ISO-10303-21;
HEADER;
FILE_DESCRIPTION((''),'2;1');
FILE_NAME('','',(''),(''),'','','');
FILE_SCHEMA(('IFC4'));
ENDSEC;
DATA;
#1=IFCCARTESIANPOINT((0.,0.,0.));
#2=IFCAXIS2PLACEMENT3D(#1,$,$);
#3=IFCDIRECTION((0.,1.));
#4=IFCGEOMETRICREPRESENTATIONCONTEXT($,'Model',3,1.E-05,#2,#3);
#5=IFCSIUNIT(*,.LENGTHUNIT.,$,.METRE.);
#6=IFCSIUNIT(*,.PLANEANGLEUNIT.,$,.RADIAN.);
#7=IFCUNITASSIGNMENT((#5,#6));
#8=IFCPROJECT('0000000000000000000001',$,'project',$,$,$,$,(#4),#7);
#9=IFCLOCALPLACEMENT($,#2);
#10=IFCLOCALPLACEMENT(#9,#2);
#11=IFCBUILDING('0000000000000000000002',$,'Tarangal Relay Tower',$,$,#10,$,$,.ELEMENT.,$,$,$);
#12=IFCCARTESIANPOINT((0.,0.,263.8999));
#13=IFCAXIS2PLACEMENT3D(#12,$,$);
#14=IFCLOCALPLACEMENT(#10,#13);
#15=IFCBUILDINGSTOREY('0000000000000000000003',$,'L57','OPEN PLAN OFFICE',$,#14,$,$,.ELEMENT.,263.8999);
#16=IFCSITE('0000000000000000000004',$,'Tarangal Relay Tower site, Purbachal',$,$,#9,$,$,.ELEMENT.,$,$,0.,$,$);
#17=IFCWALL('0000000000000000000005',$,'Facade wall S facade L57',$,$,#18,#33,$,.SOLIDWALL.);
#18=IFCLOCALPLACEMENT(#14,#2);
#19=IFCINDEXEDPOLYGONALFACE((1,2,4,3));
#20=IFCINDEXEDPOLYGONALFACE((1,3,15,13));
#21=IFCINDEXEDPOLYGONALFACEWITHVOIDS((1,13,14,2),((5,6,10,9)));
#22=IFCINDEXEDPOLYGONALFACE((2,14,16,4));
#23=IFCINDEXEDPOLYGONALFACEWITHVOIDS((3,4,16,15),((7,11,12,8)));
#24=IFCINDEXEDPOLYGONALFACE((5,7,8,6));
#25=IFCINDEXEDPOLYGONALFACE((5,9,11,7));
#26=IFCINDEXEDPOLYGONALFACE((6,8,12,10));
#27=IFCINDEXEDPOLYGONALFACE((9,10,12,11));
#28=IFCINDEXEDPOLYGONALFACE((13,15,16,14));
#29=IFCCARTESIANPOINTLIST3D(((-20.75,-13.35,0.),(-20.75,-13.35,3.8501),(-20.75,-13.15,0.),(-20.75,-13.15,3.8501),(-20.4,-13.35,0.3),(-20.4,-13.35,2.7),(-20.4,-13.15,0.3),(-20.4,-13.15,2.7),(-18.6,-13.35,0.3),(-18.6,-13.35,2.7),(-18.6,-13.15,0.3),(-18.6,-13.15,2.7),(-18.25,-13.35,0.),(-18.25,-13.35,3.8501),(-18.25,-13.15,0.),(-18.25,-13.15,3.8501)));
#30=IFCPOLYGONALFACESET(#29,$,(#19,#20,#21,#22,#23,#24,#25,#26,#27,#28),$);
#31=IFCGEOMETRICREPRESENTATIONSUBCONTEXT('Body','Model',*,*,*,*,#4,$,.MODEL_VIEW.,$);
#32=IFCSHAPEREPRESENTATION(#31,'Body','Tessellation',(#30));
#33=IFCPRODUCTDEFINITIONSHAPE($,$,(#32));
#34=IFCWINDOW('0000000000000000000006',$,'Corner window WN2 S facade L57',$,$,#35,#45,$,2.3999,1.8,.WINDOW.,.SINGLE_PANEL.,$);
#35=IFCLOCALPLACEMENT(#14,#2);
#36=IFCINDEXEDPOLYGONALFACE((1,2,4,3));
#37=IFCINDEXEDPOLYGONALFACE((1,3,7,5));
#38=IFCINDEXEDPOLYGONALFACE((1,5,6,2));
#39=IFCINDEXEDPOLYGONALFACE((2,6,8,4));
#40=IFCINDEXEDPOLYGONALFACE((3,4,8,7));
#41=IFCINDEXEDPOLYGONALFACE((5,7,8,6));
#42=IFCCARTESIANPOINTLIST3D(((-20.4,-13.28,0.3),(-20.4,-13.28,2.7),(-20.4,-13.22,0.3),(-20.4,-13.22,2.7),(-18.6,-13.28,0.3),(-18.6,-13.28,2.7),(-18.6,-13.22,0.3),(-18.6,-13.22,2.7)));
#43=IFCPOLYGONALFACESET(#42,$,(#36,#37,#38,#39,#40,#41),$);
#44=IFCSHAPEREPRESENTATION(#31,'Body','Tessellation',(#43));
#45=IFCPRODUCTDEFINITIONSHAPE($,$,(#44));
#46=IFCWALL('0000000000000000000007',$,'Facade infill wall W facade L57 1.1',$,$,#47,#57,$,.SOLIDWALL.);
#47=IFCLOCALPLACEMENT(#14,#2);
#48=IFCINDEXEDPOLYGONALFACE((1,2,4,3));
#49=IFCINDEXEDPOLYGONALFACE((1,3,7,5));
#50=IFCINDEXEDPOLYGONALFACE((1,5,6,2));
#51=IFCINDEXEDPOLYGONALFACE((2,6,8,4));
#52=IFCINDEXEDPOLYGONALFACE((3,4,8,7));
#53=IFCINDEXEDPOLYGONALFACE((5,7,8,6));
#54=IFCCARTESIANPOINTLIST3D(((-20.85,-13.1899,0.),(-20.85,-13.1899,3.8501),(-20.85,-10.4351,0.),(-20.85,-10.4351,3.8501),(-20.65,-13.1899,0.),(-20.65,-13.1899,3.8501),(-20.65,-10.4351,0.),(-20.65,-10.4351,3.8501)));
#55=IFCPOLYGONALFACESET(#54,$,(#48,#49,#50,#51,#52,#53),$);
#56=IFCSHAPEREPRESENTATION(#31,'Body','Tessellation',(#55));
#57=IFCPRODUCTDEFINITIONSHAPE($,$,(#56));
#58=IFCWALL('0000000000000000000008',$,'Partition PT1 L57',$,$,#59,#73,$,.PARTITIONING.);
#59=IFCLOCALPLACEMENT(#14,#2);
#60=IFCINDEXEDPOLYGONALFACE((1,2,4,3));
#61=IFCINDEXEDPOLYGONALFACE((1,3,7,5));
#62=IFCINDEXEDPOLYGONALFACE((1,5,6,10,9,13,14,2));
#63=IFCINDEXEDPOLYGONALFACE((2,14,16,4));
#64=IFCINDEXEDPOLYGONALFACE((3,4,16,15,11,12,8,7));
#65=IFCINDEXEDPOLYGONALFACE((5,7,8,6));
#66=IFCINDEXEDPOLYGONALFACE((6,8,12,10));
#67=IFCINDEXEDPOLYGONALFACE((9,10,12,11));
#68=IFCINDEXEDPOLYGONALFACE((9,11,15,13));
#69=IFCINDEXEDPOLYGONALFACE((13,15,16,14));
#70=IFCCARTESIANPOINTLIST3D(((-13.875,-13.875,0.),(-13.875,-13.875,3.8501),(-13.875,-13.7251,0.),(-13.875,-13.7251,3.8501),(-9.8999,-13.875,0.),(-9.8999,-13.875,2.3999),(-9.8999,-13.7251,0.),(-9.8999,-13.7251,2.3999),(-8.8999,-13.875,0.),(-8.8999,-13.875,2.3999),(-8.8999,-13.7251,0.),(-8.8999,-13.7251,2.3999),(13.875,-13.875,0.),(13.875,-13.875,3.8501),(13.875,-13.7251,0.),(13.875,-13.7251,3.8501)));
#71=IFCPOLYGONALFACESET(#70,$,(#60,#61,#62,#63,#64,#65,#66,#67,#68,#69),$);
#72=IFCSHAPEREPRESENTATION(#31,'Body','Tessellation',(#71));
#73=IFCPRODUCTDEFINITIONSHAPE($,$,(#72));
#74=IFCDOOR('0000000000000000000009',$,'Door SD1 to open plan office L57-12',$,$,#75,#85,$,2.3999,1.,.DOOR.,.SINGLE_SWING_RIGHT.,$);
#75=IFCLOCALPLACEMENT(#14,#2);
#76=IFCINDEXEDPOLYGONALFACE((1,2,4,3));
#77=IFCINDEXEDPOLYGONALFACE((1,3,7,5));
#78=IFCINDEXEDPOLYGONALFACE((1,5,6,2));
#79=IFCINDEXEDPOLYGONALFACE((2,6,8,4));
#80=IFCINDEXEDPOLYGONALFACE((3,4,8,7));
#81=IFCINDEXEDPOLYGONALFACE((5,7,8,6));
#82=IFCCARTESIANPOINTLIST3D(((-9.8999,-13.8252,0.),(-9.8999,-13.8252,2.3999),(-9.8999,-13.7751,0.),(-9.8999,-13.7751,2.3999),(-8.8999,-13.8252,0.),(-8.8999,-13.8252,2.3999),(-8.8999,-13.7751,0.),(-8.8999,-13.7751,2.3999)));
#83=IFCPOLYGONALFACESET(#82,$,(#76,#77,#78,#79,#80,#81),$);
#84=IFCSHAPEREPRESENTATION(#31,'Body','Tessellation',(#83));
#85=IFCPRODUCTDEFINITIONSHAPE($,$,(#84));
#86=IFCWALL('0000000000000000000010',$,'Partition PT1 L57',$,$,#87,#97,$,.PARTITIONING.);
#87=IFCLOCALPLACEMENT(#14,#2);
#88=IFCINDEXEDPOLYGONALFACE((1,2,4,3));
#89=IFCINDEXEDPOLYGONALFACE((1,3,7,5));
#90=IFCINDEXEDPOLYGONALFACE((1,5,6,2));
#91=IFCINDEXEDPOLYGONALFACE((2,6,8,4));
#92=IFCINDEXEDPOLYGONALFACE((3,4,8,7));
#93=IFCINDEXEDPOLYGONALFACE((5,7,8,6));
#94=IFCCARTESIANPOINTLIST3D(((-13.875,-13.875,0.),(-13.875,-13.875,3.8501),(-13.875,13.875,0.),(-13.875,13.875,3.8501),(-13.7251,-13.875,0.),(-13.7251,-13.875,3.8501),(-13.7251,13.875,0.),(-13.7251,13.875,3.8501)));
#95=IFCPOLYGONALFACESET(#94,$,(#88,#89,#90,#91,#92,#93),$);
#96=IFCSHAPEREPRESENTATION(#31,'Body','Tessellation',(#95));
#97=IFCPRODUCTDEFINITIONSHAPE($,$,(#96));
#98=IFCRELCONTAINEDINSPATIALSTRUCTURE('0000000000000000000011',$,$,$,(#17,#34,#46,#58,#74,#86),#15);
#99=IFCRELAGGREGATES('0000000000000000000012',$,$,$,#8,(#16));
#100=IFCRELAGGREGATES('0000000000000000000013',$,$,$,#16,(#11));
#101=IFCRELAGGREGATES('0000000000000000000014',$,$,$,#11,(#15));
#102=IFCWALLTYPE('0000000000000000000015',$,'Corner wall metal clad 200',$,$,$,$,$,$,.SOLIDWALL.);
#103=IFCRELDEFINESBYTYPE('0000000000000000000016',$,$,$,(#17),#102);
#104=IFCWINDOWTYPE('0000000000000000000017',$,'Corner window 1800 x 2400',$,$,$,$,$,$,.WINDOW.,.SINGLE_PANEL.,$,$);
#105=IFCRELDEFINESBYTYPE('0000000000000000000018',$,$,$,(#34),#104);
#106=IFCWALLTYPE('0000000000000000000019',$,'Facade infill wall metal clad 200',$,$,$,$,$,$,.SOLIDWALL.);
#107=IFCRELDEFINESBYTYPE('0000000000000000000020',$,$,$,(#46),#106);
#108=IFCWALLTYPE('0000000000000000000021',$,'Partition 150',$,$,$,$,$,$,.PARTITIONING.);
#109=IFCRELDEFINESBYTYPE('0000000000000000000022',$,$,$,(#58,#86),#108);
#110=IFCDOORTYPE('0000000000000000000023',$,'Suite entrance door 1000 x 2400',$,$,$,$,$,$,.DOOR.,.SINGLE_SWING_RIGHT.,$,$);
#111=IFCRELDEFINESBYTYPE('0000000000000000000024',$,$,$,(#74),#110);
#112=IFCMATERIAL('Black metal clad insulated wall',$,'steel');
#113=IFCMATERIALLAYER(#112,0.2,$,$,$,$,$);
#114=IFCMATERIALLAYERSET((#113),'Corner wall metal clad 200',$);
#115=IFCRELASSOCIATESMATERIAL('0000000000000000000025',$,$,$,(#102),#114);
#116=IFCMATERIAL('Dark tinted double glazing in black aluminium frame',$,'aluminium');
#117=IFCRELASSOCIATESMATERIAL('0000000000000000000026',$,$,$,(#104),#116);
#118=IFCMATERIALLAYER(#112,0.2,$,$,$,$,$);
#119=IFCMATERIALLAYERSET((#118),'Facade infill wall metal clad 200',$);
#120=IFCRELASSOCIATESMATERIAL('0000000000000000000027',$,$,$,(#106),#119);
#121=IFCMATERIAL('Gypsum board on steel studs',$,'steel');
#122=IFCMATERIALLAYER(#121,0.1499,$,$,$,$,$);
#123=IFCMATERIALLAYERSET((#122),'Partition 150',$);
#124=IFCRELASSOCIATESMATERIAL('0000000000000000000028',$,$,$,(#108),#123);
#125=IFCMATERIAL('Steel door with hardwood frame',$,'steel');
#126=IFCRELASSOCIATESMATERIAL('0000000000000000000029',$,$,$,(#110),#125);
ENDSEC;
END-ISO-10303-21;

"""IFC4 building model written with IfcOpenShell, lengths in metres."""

from ifc_helpers import new_model, si_unit, direction, frame, frame_2d, origin, place, context, subcontext, project, spatial, rectangle, extrude, material, layer, layer_set, type_object, element, fill, save


model = new_model("IFC4")

# Units and contexts
model_context = context("Model", 3, precision=1e-05, world=origin(), true_north=direction((0.0, 1.0)))
body_context = subcontext(model_context, "Body", "Model", "MODEL_VIEW")
ifc_project = project(units=[si_unit("LENGTHUNIT", "METRE"), si_unit("PLANEANGLEUNIT", "RADIAN")], contexts=[model_context])

# Site, building, storey
site_placement = place(None, origin())
site = spatial("IfcSite", under=ifc_project, at=site_placement, Name="Tarangal Relay Tower site, Purbachal", CompositionType="ELEMENT", RefElevation=0.0)
building_placement = place(site_placement, origin())
building = spatial("IfcBuilding", under=site, at=building_placement, Name="Tarangal Relay Tower", CompositionType="ELEMENT")
storey_placement = place(building_placement, frame((0.0, 0.0, 263.8999)))
storey = spatial("IfcBuildingStorey", under=building, at=storey_placement, Name="L57", Description="OPEN PLAN OFFICE", CompositionType="ELEMENT", Elevation=263.8999)

# Shared definitions
ifc_material_1 = material(Name="Steel door with hardwood frame", Category="steel")

# Shared definitions
ifc_material_2 = material(Name="Black metal clad insulated wall", Category="steel")
ifc_layer_1 = layer(ifc_material_2, 0.2)
ifc_layer_set_1 = layer_set([ifc_layer_1], Name="Corner wall metal clad 200")
wall_type_1 = type_object("IfcWallType", Name="Corner wall metal clad 200", PredefinedType="SOLIDWALL", material=ifc_layer_set_1)

# Shared definitions
ifc_material_3 = material(Name="Dark tinted double glazing in black aluminium frame", Category="aluminium")
window_type = type_object("IfcWindowType", Name="Corner window 1800 x 2400", PartitioningType="SINGLE_PANEL", PredefinedType="WINDOW", material=ifc_material_3)

# Wall, opening, window
wall_1_placement = place(storey_placement, frame((-18.25, -13.25, 0.0), z_axis=(0.0, 0.0, 1.0), x_axis=(-1.0, 0.0, 0.0)))
wall_1 = element("IfcWall", 1, at=wall_1_placement, inside=storey, type_object=wall_type_1, Name="Facade wall S facade L57", PredefinedType="SOLIDWALL", context=body_context, shape_type="SweptSolid", body=[
    extrude(rectangle(XDim=2.5, YDim=0.2, at=frame_2d((1.25, 0.0))), origin(), (0.0, 0.0, 1.0), 3.8501),
])
opening_1_placement = place(wall_1_placement, frame((0.3501, 0.0, 0.3)))
opening_1 = element("IfcOpeningElement", 2, at=opening_1_placement, cuts=wall_1, PredefinedType="OPENING", context=body_context, shape_type="SweptSolid", body=[
    extrude(rectangle(XDim=1.8, YDim=2.3999, at=frame_2d((0.8999, 1.2))), frame((0.0, 0.1099, 0.0), z_axis=(0.0, -1.0, 0.0), x_axis=(1.0, 0.0, 0.0)), (0.0, 0.0, 1.0), 0.22),
])
window_1_placement = place(opening_1_placement, origin())
window_1 = element("IfcWindow", 3, at=window_1_placement, inside=storey, type_object=window_type, Name="Corner window WN2 S facade L57", OverallHeight=2.3999, OverallWidth=1.8, PartitioningType="SINGLE_PANEL", PredefinedType="WINDOW", context=body_context, shape_type="SweptSolid", body=[
    extrude(rectangle(XDim=1.8, YDim=2.3999, at=frame_2d((0.8999, 1.2))), frame((0.0, 0.03, 0.0), z_axis=(0.0, -1.0, 0.0), x_axis=(1.0, 0.0, 0.0)), (0.0, 0.0, 1.0), 0.0601),
])
fill(opening_1, window_1)

# Wall
ifc_layer_2 = layer(ifc_material_2, 0.2)
ifc_layer_set_2 = layer_set([ifc_layer_2], Name="Facade infill wall metal clad 200")
wall_type_2 = type_object("IfcWallType", Name="Facade infill wall metal clad 200", PredefinedType="SOLIDWALL", material=ifc_layer_set_2)
wall_2_placement = place(storey_placement, frame((-20.75, -13.1899, 0.0), z_axis=(0.0, 0.0, 1.0), x_axis=(0.0, 1.0, 0.0)))
element("IfcWall", 4, at=wall_2_placement, inside=storey, type_object=wall_type_2, Name="Facade infill wall W facade L57 1.1", PredefinedType="SOLIDWALL", context=body_context, shape_type="SweptSolid", body=[
    extrude(rectangle(XDim=2.7549, YDim=0.2, at=frame_2d((1.3774, 0.0))), origin(), (0.0, 0.0, 1.0), 3.8501),
])

# Wall, opening, door
ifc_material_4 = material(Name="Gypsum board on steel studs", Category="steel")
ifc_layer_3 = layer(ifc_material_4, 0.1499)
ifc_layer_set_3 = layer_set([ifc_layer_3], Name="Partition 150")
wall_type_3 = type_object("IfcWallType", Name="Partition 150", PredefinedType="PARTITIONING", material=ifc_layer_set_3)
wall_3_placement = place(storey_placement, frame((-13.875, -13.8, 0.0), z_axis=(0.0, 0.0, 1.0), x_axis=(1.0, 0.0, 0.0)))
wall_3 = element("IfcWall", 5, at=wall_3_placement, inside=storey, type_object=wall_type_3, Name="Partition PT1 L57", PredefinedType="PARTITIONING", context=body_context, shape_type="SweptSolid", body=[
    extrude(rectangle(XDim=27.75, YDim=0.1499, at=frame_2d((13.875, 0.0))), origin(), (0.0, 0.0, 1.0), 3.8501),
])
opening_2_placement = place(wall_3_placement, frame((3.9751, 0.0, 0.0)))
opening_2 = element("IfcOpeningElement", 6, at=opening_2_placement, cuts=wall_3, PredefinedType="OPENING", context=body_context, shape_type="SweptSolid", body=[
    extrude(rectangle(XDim=1.0, YDim=2.3999, at=frame_2d((0.5, 1.2))), frame((0.0, 0.085, 0.0), z_axis=(0.0, -1.0, 0.0), x_axis=(1.0, 0.0, 0.0)), (0.0, 0.0, 1.0), 0.1699),
])
door_type_1 = type_object("IfcDoorType", Name="Suite entrance door 1000 x 2400", OperationType="SINGLE_SWING_RIGHT", PredefinedType="DOOR", material=ifc_material_1)
door_1_placement = place(opening_2_placement, origin())
door_1 = element("IfcDoor", 7, at=door_1_placement, inside=storey, type_object=door_type_1, Name="Door SD1 to open plan office L57-12", OperationType="SINGLE_SWING_RIGHT", OverallHeight=2.3999, OverallWidth=1.0, PredefinedType="DOOR", context=body_context, shape_type="SweptSolid", body=[
    extrude(rectangle(XDim=1.0, YDim=2.3999, at=frame_2d((0.5, 1.2))), frame((0.0, 0.0249, 0.0), z_axis=(0.0, -1.0, 0.0), x_axis=(1.0, 0.0, 0.0)), (0.0, 0.0, 1.0), 0.05),
])
fill(opening_2, door_1)

# Wall
wall_4_placement = place(storey_placement, frame((-13.8, -13.875, 0.0), z_axis=(0.0, 0.0, 1.0), x_axis=(0.0, 1.0, 0.0)))
element("IfcWall", 8, at=wall_4_placement, inside=storey, type_object=wall_type_3, Name="Partition PT1 L57", PredefinedType="PARTITIONING", context=body_context, shape_type="SweptSolid", body=[
    extrude(rectangle(XDim=27.75, YDim=0.1499, at=frame_2d((13.875, 0.0))), origin(), (0.0, 0.0, 1.0), 3.8501),
])

save(model, "model.ifc")
